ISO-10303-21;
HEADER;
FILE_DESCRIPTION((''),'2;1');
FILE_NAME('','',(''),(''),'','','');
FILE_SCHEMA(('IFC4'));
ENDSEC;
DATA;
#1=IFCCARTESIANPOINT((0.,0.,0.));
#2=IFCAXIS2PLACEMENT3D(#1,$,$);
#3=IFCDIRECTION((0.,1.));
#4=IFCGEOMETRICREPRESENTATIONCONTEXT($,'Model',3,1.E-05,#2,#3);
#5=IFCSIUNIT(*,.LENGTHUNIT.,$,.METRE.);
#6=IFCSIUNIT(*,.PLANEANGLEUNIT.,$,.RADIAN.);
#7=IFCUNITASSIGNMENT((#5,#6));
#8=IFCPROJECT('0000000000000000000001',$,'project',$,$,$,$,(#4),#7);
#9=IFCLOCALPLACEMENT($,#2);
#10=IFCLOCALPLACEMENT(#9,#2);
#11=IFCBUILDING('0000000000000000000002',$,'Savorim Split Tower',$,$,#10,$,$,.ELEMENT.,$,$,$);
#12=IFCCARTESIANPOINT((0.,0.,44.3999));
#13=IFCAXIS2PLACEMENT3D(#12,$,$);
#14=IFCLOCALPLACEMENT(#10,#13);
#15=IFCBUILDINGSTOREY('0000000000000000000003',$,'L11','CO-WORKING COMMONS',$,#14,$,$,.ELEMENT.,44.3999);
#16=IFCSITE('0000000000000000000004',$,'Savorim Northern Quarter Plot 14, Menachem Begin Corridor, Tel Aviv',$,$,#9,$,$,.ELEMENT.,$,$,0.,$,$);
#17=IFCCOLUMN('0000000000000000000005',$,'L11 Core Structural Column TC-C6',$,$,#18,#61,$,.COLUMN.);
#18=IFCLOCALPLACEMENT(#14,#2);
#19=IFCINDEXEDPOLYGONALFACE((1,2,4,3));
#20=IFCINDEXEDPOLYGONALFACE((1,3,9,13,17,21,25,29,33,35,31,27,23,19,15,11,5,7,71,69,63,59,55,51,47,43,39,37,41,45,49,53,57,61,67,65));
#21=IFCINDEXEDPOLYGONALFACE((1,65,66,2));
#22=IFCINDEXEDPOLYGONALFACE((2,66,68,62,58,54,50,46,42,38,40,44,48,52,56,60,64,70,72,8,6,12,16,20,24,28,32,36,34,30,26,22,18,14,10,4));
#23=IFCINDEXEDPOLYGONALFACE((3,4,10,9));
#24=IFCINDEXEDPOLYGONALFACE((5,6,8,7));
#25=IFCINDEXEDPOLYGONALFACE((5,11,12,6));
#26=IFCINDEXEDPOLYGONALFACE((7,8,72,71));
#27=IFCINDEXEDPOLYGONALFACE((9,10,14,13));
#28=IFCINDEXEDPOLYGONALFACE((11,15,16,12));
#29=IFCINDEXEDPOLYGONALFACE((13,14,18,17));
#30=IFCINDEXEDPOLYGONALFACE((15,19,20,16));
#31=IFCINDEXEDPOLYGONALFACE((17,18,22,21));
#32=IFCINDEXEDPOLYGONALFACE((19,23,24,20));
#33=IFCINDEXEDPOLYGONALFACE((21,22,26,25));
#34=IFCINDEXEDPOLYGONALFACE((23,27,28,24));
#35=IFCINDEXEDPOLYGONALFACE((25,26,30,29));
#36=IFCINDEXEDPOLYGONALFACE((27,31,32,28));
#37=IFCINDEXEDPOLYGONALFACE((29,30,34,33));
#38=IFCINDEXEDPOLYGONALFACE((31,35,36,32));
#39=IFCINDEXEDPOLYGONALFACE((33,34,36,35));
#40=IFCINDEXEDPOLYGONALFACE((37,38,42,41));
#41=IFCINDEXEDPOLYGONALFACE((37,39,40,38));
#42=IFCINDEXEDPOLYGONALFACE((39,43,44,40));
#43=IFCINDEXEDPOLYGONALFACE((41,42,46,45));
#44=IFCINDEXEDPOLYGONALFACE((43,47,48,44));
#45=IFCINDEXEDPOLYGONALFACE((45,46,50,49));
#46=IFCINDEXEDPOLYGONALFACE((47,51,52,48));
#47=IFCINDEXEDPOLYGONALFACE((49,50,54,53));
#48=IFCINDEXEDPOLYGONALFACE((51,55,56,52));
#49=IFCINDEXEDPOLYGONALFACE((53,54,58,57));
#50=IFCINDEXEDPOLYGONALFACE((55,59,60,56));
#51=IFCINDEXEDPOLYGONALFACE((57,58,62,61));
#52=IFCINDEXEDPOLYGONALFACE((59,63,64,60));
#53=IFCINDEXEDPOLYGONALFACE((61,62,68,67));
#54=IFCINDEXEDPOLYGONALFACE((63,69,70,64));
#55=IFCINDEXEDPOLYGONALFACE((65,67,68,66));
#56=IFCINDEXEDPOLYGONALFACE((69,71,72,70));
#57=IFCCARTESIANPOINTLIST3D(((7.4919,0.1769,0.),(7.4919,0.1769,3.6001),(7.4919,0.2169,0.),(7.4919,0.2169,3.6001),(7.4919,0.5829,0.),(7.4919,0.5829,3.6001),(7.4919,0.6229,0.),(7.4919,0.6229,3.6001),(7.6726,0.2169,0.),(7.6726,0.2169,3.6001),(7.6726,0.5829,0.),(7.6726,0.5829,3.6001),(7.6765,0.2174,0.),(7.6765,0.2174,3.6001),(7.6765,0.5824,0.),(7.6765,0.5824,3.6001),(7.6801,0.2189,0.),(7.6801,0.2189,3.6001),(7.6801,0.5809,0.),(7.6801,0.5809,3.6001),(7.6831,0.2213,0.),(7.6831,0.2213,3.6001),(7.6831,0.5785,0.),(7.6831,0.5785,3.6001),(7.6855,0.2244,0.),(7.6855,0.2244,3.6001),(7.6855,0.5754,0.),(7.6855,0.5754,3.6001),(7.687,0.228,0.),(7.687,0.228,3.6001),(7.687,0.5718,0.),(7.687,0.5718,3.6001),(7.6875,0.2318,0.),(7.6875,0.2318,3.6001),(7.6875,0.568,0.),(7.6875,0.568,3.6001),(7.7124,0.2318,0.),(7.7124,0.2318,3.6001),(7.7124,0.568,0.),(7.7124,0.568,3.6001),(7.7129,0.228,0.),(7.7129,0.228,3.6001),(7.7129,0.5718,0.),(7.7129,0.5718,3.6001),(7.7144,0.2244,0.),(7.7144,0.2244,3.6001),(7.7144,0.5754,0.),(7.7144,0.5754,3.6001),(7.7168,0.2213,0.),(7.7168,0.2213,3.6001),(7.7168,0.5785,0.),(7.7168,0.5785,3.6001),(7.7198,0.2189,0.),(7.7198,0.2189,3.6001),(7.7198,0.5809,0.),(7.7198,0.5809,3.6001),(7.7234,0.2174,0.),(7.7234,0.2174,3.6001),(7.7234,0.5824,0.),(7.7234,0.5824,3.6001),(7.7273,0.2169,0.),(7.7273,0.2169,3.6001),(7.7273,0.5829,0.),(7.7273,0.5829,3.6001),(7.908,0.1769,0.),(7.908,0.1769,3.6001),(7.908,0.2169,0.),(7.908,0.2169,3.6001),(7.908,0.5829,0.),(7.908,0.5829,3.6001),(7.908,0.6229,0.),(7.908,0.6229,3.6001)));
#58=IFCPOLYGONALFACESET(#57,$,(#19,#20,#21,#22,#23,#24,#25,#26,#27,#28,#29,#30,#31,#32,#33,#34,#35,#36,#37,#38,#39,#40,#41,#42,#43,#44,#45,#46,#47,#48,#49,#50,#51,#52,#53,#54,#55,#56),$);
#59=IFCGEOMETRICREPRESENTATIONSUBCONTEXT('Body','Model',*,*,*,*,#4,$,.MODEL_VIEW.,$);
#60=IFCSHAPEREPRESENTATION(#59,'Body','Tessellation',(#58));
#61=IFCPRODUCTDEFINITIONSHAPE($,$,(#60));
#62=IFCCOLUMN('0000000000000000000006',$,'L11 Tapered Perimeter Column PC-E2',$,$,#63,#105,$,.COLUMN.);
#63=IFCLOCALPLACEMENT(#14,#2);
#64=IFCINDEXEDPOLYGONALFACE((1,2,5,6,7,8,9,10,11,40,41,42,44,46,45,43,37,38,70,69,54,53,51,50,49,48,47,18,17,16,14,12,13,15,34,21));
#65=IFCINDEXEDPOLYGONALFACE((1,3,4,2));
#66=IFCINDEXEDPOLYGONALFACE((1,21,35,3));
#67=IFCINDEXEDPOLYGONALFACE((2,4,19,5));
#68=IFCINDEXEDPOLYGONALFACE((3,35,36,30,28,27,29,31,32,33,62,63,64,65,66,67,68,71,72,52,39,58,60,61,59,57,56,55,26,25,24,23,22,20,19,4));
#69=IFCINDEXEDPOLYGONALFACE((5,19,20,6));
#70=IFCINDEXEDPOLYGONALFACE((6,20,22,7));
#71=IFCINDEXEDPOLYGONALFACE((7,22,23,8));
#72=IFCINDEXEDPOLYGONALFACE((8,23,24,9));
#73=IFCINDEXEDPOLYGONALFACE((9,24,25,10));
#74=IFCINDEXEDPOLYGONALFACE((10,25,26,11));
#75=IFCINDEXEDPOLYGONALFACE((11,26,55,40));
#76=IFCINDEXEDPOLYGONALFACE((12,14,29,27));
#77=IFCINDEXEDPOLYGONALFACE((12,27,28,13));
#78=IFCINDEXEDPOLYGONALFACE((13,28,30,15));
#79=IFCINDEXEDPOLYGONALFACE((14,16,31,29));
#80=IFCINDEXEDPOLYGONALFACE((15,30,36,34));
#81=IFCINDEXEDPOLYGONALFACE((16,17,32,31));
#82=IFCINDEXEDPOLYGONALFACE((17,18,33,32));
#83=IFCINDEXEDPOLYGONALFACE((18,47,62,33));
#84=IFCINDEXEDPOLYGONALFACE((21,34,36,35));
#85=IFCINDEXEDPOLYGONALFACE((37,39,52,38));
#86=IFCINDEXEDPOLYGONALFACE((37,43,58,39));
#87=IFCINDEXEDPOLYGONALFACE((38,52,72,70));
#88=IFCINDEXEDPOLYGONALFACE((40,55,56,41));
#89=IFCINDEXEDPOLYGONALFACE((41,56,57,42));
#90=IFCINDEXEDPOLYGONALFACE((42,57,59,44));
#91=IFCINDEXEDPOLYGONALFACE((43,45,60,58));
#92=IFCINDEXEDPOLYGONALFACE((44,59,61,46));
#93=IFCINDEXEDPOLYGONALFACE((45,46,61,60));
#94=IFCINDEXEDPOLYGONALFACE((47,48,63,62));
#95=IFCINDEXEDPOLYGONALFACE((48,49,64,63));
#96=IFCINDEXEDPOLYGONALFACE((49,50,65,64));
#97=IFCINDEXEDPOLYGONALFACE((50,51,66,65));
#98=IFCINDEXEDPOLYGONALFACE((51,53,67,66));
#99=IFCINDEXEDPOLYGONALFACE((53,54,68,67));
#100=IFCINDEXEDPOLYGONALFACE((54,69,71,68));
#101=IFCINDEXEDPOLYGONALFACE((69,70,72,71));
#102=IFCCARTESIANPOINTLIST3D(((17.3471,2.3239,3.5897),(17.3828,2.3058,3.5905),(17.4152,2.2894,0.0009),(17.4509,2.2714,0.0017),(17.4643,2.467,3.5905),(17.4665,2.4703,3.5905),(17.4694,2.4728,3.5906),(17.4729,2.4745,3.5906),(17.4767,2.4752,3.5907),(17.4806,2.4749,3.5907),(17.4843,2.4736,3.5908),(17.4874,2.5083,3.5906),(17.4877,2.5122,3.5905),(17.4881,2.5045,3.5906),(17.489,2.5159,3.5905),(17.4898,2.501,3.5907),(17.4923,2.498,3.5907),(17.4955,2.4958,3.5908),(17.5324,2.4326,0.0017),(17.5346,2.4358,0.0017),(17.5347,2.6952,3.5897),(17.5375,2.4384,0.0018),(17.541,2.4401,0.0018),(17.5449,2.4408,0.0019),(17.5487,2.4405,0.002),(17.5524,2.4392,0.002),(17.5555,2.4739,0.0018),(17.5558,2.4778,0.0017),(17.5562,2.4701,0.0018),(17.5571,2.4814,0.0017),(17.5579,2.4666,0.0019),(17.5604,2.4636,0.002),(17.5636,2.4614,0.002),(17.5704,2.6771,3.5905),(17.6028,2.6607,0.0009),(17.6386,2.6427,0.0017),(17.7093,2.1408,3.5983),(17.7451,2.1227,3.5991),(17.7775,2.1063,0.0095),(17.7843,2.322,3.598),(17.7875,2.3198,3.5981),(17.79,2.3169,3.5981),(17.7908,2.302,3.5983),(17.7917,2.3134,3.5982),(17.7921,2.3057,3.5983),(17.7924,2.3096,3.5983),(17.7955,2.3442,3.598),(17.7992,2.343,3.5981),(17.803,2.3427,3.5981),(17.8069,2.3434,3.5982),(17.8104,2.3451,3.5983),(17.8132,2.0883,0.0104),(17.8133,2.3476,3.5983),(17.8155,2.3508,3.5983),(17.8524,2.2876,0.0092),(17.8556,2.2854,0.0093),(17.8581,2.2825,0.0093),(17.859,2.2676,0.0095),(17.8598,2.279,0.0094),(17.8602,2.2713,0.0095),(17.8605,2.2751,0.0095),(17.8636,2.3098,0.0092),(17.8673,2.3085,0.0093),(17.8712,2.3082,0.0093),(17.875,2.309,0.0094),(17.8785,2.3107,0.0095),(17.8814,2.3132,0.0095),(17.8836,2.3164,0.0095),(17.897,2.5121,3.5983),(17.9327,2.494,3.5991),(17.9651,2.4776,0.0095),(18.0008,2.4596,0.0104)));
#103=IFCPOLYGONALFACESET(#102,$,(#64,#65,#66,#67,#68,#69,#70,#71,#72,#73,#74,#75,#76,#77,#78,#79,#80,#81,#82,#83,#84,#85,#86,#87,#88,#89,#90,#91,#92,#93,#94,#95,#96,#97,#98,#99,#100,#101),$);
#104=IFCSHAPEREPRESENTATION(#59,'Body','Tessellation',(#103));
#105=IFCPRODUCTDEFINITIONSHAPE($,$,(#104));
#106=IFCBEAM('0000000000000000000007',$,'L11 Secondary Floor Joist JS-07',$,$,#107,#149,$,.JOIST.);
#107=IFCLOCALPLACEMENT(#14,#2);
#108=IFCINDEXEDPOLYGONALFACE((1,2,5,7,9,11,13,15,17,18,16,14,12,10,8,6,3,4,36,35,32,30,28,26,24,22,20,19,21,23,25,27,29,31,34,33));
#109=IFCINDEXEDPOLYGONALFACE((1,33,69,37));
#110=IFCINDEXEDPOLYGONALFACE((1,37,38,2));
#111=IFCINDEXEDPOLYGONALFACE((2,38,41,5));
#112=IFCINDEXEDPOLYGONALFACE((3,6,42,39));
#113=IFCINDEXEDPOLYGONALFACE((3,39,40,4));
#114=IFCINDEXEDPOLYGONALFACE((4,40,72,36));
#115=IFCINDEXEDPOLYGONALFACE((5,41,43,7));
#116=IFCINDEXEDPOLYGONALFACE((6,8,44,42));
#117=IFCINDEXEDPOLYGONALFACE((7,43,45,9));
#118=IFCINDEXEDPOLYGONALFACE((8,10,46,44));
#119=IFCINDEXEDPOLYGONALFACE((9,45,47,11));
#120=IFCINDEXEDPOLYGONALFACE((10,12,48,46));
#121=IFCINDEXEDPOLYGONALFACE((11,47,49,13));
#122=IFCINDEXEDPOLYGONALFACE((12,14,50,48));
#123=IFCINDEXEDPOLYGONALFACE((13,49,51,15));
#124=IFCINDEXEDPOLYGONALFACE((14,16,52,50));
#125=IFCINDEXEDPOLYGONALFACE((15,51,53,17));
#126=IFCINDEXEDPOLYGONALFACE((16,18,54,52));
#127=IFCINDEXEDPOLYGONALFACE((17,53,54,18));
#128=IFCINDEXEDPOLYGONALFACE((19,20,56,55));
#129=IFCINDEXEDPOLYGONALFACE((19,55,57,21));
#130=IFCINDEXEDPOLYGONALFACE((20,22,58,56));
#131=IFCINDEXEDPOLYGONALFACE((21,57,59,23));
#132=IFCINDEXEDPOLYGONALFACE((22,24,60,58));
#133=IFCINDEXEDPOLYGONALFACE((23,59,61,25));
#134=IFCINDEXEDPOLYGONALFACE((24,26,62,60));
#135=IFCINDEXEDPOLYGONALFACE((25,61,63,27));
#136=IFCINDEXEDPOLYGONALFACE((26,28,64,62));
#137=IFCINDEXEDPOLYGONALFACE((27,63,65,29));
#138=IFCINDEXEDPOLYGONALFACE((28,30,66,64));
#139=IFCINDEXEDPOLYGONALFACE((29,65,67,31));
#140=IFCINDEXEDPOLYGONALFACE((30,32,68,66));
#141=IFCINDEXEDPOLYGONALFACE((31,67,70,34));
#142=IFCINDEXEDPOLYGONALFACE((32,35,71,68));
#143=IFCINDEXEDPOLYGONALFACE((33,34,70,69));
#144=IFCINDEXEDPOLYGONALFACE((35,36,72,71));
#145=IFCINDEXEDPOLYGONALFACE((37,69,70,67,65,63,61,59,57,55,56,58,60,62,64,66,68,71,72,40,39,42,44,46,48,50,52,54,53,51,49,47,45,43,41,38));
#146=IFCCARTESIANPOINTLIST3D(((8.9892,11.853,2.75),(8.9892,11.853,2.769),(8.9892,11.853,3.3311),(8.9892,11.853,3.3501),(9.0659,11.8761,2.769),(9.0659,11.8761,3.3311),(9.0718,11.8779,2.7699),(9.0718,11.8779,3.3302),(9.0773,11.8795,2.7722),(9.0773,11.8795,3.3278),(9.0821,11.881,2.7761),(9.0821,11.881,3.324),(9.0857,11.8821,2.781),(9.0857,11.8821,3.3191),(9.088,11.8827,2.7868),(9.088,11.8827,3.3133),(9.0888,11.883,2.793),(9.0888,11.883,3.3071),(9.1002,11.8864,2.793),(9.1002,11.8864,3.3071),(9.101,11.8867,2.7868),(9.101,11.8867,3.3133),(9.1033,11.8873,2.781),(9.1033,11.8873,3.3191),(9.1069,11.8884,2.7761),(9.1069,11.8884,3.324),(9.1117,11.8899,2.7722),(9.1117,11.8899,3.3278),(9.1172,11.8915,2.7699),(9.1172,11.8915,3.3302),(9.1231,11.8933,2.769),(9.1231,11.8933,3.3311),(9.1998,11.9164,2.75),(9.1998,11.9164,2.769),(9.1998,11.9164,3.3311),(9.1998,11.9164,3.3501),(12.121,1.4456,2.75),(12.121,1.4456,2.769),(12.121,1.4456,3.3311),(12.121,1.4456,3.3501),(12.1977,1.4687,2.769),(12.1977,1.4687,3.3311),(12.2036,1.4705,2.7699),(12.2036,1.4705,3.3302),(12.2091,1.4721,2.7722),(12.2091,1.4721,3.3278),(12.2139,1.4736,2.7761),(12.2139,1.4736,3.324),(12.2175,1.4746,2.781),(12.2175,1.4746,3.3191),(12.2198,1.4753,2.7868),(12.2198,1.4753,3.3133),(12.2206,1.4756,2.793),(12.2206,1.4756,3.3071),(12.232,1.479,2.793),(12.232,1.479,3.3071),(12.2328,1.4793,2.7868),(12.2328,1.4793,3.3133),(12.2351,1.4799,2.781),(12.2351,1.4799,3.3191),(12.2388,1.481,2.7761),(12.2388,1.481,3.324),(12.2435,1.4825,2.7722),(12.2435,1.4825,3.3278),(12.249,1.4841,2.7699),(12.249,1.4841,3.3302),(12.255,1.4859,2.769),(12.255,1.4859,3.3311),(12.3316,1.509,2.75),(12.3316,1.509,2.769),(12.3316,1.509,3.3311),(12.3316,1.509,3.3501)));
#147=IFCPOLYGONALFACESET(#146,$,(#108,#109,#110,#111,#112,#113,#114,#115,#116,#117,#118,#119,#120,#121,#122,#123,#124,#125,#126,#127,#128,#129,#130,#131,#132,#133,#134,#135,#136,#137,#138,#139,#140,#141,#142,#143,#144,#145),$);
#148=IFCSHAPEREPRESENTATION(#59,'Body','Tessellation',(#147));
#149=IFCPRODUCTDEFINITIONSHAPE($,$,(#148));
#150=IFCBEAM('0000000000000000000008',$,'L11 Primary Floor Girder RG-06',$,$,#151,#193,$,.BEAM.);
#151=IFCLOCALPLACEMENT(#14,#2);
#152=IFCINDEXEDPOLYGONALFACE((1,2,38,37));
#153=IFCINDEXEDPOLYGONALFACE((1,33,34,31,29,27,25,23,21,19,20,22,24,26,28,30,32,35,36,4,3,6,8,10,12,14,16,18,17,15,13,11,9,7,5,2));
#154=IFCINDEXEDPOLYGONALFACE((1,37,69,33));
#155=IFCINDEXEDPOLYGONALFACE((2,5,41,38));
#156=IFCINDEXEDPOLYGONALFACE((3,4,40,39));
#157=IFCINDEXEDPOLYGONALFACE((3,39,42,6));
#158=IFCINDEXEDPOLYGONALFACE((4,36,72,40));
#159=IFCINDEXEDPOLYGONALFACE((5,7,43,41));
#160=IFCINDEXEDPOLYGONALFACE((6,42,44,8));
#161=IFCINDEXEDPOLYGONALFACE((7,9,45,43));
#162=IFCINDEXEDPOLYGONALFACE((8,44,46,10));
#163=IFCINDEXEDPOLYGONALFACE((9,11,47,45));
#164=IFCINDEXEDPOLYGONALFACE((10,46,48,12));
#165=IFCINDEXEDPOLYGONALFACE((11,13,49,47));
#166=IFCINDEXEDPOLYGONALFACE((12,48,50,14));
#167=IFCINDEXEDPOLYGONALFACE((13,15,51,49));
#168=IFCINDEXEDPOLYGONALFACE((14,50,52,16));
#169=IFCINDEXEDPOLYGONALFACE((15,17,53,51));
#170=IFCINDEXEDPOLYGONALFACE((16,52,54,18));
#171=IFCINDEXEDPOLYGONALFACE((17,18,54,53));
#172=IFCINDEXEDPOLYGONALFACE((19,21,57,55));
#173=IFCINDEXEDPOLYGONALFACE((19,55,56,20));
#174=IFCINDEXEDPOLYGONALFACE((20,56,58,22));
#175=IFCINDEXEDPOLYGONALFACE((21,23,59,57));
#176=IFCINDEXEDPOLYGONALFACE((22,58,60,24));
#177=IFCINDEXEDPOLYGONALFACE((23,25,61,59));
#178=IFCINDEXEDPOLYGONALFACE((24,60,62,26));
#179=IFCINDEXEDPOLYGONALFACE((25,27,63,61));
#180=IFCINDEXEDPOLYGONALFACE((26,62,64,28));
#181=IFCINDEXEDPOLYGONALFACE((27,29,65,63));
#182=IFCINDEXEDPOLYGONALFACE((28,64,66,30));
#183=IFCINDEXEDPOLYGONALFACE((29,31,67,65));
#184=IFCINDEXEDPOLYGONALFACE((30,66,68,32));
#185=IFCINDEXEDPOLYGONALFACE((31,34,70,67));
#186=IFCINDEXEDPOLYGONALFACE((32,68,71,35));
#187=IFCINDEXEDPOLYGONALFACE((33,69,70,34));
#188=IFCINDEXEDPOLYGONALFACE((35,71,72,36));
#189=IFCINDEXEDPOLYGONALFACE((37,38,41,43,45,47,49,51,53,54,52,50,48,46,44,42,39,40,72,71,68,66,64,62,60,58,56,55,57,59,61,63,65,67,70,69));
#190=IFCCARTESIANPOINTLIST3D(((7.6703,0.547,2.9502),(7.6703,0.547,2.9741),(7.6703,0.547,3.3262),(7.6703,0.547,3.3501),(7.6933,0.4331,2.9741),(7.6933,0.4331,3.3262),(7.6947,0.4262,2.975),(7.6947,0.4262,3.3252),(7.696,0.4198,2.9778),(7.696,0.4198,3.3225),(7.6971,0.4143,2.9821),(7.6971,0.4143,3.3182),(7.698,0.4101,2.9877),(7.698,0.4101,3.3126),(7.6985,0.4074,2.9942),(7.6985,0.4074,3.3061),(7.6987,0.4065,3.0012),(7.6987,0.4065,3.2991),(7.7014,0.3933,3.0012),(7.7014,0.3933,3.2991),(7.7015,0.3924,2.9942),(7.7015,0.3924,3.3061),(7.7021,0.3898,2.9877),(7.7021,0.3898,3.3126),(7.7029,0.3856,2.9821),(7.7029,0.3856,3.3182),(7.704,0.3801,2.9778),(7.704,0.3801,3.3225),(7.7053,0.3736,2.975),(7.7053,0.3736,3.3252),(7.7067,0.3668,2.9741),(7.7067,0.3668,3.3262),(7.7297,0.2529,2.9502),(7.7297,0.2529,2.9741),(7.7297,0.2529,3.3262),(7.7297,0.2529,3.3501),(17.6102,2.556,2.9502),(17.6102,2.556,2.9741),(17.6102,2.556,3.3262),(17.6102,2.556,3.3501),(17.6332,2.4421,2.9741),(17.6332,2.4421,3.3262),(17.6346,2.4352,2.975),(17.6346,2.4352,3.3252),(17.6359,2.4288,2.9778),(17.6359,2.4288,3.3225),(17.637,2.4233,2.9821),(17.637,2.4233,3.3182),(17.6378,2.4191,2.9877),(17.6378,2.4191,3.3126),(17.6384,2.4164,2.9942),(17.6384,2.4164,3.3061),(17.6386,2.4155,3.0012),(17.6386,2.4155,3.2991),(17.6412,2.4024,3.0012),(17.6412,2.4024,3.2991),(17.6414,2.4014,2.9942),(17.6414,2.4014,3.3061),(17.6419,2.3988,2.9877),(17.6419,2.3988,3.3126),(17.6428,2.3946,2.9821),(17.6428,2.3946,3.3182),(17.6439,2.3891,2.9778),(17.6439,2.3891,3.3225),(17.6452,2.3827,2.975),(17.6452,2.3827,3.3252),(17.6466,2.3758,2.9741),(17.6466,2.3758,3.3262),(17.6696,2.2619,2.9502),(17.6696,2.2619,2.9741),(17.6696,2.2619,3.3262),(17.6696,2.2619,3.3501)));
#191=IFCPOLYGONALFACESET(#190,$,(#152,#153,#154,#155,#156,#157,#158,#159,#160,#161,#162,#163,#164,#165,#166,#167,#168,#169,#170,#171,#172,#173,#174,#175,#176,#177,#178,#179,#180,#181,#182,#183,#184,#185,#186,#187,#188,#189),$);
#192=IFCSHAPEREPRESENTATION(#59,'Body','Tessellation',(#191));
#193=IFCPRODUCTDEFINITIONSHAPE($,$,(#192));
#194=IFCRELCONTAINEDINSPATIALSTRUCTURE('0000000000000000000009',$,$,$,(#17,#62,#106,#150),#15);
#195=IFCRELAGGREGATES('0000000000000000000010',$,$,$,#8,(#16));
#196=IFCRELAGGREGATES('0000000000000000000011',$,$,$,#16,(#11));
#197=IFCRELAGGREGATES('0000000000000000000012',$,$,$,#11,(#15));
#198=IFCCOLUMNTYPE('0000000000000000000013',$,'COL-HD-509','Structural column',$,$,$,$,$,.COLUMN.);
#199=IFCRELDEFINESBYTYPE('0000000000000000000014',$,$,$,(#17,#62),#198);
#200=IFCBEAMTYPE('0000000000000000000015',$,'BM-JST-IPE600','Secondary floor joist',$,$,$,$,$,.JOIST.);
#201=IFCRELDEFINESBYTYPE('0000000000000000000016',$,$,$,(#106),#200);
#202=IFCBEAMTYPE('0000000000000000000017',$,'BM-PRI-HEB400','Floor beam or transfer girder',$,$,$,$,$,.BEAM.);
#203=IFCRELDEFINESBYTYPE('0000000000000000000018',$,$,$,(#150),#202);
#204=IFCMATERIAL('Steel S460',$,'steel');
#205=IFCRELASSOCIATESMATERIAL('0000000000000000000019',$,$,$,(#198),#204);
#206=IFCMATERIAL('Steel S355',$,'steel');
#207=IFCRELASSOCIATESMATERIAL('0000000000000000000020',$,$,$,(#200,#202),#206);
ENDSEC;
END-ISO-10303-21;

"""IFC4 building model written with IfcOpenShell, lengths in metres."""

from ifc_helpers import new_model, si_unit, direction, frame, origin, origin_2d, place, context, subcontext, project, spatial, i_section, extrude, material, material_profile, profile_set, type_object, element, save


model = new_model("IFC4")

# Units and contexts
model_context = context("Model", 3, precision=1e-05, world=origin(), true_north=direction((0.0, 1.0)))
body_context = subcontext(model_context, "Body", "Model", "MODEL_VIEW")
ifc_project = project(units=[si_unit("LENGTHUNIT", "METRE"), si_unit("PLANEANGLEUNIT", "RADIAN")], contexts=[model_context])

# Site, building, storey
site_placement = place(None, origin())
site = spatial("IfcSite", under=ifc_project, at=site_placement, Name="Savorim Northern Quarter Plot 14, Menachem Begin Corridor, Tel Aviv", CompositionType="ELEMENT", RefElevation=0.0)
building_placement = place(site_placement, origin())
building = spatial("IfcBuilding", under=site, at=building_placement, Name="Savorim Split Tower", CompositionType="ELEMENT")
storey_placement = place(building_placement, frame((0.0, 0.0, 44.3999)))
storey = spatial("IfcBuildingStorey", under=building, at=storey_placement, Name="L11", Description="CO-WORKING COMMONS", CompositionType="ELEMENT", Elevation=44.3999)

# Columns
ifc_material_1 = material(Name="Steel S460", Category="steel")
ifc_material_profile_1 = material_profile(ifc_material_1, i_section(OverallWidth=0.416, OverallDepth=0.446, WebThickness=0.0249, FlangeThickness=0.04, FilletRadius=0.0149, at=origin_2d()), Name="HD 400x509")
ifc_profile_set_1 = profile_set([ifc_material_profile_1], Name="Steel S460")
column_type = type_object("IfcColumnType", Name="COL-HD-509", Description="Structural column", PredefinedType="COLUMN", material=ifc_profile_set_1)
column_1_placement = place(storey_placement, frame((7.7, 0.3999, 0.0), z_axis=(0.0, 0.0, 1.0), x_axis=(1.0, 0.0, 0.0)))
element("IfcColumn", 1, at=column_1_placement, inside=storey, type_object=column_type, Name="L11 Core Structural Column TC-C6", PredefinedType="COLUMN", context=body_context, shape_type="SweptSolid", body=[
    extrude(i_section(OverallWidth=0.416, OverallDepth=0.446, WebThickness=0.0249, FlangeThickness=0.04, FilletRadius=0.0149, at=origin_2d()), origin(), (0.0, 0.0, 1.0), 3.6001),
])
column_2_placement = place(storey_placement, frame((17.708, 2.3745, 0.0056), z_axis=(-0.018975, 0.00959, 0.999774), x_axis=(-0.451048, -0.8925, 0.0)))
element("IfcColumn", 2, at=column_2_placement, inside=storey, type_object=column_type, Name="L11 Tapered Perimeter Column PC-E2", PredefinedType="COLUMN", context=body_context, shape_type="SweptSolid", body=[
    extrude(i_section(OverallWidth=0.416, OverallDepth=0.446, WebThickness=0.0249, FlangeThickness=0.04, FilletRadius=0.0149, at=origin_2d()), origin(), (0.0, 0.0, 1.0), 3.5896),
])

# Beams
ifc_material_2 = material(Name="Steel S355", Category="steel")
ifc_material_profile_2 = material_profile(ifc_material_2, i_section(OverallWidth=0.22, OverallDepth=0.6001, WebThickness=0.012, FlangeThickness=0.019, FilletRadius=0.0239, at=origin_2d()), Name="IPE 600")
ifc_profile_set_2 = profile_set([ifc_material_profile_2], Name="Steel S355")
beam_type_1 = type_object("IfcBeamType", Name="BM-JST-IPE600", Description="Secondary floor joist", PredefinedType="JOIST", material=ifc_profile_set_2)
beam_1_placement = place(storey_placement, frame((12.2263, 1.4773, 3.05), z_axis=(-0.288158, 0.957583, 0.0), x_axis=(-0.957583, -0.288158, 0.0)))
element("IfcBeam", 3, at=beam_1_placement, inside=storey, type_object=beam_type_1, Name="L11 Secondary Floor Joist JS-07", PredefinedType="JOIST", context=body_context, shape_type="SweptSolid", body=[
    extrude(i_section(OverallWidth=0.22, OverallDepth=0.6001, WebThickness=0.012, FlangeThickness=0.019, FilletRadius=0.0239, at=origin_2d()), origin(), (0.0, 0.0, 1.0), 10.8684),
])
ifc_material_profile_3 = material_profile(ifc_material_2, i_section(OverallWidth=0.3, OverallDepth=0.3999, WebThickness=0.0134, FlangeThickness=0.0239, FilletRadius=0.0271, at=origin_2d()), Name="HEB 400")
ifc_profile_set_3 = profile_set([ifc_material_profile_3], Name="Steel S355")
beam_type_2 = type_object("IfcBeamType", Name="BM-PRI-HEB400", Description="Floor beam or transfer girder", PredefinedType="BEAM", material=ifc_profile_set_3)
beam_2_placement = place(storey_placement, frame((17.6399, 2.4089, 3.1501), z_axis=(-0.98018, -0.198111, 0.0), x_axis=(0.198111, -0.98018, 0.0)))
element("IfcBeam", 4, at=beam_2_placement, inside=storey, type_object=beam_type_2, Name="L11 Primary Floor Girder RG-06", PredefinedType="BEAM", context=body_context, shape_type="SweptSolid", body=[
    extrude(i_section(OverallWidth=0.3, OverallDepth=0.3999, WebThickness=0.0134, FlangeThickness=0.0239, FilletRadius=0.0271, at=origin_2d()), origin(), (0.0, 0.0, 1.0), 10.1409),
])

save(model, "model.ifc")
